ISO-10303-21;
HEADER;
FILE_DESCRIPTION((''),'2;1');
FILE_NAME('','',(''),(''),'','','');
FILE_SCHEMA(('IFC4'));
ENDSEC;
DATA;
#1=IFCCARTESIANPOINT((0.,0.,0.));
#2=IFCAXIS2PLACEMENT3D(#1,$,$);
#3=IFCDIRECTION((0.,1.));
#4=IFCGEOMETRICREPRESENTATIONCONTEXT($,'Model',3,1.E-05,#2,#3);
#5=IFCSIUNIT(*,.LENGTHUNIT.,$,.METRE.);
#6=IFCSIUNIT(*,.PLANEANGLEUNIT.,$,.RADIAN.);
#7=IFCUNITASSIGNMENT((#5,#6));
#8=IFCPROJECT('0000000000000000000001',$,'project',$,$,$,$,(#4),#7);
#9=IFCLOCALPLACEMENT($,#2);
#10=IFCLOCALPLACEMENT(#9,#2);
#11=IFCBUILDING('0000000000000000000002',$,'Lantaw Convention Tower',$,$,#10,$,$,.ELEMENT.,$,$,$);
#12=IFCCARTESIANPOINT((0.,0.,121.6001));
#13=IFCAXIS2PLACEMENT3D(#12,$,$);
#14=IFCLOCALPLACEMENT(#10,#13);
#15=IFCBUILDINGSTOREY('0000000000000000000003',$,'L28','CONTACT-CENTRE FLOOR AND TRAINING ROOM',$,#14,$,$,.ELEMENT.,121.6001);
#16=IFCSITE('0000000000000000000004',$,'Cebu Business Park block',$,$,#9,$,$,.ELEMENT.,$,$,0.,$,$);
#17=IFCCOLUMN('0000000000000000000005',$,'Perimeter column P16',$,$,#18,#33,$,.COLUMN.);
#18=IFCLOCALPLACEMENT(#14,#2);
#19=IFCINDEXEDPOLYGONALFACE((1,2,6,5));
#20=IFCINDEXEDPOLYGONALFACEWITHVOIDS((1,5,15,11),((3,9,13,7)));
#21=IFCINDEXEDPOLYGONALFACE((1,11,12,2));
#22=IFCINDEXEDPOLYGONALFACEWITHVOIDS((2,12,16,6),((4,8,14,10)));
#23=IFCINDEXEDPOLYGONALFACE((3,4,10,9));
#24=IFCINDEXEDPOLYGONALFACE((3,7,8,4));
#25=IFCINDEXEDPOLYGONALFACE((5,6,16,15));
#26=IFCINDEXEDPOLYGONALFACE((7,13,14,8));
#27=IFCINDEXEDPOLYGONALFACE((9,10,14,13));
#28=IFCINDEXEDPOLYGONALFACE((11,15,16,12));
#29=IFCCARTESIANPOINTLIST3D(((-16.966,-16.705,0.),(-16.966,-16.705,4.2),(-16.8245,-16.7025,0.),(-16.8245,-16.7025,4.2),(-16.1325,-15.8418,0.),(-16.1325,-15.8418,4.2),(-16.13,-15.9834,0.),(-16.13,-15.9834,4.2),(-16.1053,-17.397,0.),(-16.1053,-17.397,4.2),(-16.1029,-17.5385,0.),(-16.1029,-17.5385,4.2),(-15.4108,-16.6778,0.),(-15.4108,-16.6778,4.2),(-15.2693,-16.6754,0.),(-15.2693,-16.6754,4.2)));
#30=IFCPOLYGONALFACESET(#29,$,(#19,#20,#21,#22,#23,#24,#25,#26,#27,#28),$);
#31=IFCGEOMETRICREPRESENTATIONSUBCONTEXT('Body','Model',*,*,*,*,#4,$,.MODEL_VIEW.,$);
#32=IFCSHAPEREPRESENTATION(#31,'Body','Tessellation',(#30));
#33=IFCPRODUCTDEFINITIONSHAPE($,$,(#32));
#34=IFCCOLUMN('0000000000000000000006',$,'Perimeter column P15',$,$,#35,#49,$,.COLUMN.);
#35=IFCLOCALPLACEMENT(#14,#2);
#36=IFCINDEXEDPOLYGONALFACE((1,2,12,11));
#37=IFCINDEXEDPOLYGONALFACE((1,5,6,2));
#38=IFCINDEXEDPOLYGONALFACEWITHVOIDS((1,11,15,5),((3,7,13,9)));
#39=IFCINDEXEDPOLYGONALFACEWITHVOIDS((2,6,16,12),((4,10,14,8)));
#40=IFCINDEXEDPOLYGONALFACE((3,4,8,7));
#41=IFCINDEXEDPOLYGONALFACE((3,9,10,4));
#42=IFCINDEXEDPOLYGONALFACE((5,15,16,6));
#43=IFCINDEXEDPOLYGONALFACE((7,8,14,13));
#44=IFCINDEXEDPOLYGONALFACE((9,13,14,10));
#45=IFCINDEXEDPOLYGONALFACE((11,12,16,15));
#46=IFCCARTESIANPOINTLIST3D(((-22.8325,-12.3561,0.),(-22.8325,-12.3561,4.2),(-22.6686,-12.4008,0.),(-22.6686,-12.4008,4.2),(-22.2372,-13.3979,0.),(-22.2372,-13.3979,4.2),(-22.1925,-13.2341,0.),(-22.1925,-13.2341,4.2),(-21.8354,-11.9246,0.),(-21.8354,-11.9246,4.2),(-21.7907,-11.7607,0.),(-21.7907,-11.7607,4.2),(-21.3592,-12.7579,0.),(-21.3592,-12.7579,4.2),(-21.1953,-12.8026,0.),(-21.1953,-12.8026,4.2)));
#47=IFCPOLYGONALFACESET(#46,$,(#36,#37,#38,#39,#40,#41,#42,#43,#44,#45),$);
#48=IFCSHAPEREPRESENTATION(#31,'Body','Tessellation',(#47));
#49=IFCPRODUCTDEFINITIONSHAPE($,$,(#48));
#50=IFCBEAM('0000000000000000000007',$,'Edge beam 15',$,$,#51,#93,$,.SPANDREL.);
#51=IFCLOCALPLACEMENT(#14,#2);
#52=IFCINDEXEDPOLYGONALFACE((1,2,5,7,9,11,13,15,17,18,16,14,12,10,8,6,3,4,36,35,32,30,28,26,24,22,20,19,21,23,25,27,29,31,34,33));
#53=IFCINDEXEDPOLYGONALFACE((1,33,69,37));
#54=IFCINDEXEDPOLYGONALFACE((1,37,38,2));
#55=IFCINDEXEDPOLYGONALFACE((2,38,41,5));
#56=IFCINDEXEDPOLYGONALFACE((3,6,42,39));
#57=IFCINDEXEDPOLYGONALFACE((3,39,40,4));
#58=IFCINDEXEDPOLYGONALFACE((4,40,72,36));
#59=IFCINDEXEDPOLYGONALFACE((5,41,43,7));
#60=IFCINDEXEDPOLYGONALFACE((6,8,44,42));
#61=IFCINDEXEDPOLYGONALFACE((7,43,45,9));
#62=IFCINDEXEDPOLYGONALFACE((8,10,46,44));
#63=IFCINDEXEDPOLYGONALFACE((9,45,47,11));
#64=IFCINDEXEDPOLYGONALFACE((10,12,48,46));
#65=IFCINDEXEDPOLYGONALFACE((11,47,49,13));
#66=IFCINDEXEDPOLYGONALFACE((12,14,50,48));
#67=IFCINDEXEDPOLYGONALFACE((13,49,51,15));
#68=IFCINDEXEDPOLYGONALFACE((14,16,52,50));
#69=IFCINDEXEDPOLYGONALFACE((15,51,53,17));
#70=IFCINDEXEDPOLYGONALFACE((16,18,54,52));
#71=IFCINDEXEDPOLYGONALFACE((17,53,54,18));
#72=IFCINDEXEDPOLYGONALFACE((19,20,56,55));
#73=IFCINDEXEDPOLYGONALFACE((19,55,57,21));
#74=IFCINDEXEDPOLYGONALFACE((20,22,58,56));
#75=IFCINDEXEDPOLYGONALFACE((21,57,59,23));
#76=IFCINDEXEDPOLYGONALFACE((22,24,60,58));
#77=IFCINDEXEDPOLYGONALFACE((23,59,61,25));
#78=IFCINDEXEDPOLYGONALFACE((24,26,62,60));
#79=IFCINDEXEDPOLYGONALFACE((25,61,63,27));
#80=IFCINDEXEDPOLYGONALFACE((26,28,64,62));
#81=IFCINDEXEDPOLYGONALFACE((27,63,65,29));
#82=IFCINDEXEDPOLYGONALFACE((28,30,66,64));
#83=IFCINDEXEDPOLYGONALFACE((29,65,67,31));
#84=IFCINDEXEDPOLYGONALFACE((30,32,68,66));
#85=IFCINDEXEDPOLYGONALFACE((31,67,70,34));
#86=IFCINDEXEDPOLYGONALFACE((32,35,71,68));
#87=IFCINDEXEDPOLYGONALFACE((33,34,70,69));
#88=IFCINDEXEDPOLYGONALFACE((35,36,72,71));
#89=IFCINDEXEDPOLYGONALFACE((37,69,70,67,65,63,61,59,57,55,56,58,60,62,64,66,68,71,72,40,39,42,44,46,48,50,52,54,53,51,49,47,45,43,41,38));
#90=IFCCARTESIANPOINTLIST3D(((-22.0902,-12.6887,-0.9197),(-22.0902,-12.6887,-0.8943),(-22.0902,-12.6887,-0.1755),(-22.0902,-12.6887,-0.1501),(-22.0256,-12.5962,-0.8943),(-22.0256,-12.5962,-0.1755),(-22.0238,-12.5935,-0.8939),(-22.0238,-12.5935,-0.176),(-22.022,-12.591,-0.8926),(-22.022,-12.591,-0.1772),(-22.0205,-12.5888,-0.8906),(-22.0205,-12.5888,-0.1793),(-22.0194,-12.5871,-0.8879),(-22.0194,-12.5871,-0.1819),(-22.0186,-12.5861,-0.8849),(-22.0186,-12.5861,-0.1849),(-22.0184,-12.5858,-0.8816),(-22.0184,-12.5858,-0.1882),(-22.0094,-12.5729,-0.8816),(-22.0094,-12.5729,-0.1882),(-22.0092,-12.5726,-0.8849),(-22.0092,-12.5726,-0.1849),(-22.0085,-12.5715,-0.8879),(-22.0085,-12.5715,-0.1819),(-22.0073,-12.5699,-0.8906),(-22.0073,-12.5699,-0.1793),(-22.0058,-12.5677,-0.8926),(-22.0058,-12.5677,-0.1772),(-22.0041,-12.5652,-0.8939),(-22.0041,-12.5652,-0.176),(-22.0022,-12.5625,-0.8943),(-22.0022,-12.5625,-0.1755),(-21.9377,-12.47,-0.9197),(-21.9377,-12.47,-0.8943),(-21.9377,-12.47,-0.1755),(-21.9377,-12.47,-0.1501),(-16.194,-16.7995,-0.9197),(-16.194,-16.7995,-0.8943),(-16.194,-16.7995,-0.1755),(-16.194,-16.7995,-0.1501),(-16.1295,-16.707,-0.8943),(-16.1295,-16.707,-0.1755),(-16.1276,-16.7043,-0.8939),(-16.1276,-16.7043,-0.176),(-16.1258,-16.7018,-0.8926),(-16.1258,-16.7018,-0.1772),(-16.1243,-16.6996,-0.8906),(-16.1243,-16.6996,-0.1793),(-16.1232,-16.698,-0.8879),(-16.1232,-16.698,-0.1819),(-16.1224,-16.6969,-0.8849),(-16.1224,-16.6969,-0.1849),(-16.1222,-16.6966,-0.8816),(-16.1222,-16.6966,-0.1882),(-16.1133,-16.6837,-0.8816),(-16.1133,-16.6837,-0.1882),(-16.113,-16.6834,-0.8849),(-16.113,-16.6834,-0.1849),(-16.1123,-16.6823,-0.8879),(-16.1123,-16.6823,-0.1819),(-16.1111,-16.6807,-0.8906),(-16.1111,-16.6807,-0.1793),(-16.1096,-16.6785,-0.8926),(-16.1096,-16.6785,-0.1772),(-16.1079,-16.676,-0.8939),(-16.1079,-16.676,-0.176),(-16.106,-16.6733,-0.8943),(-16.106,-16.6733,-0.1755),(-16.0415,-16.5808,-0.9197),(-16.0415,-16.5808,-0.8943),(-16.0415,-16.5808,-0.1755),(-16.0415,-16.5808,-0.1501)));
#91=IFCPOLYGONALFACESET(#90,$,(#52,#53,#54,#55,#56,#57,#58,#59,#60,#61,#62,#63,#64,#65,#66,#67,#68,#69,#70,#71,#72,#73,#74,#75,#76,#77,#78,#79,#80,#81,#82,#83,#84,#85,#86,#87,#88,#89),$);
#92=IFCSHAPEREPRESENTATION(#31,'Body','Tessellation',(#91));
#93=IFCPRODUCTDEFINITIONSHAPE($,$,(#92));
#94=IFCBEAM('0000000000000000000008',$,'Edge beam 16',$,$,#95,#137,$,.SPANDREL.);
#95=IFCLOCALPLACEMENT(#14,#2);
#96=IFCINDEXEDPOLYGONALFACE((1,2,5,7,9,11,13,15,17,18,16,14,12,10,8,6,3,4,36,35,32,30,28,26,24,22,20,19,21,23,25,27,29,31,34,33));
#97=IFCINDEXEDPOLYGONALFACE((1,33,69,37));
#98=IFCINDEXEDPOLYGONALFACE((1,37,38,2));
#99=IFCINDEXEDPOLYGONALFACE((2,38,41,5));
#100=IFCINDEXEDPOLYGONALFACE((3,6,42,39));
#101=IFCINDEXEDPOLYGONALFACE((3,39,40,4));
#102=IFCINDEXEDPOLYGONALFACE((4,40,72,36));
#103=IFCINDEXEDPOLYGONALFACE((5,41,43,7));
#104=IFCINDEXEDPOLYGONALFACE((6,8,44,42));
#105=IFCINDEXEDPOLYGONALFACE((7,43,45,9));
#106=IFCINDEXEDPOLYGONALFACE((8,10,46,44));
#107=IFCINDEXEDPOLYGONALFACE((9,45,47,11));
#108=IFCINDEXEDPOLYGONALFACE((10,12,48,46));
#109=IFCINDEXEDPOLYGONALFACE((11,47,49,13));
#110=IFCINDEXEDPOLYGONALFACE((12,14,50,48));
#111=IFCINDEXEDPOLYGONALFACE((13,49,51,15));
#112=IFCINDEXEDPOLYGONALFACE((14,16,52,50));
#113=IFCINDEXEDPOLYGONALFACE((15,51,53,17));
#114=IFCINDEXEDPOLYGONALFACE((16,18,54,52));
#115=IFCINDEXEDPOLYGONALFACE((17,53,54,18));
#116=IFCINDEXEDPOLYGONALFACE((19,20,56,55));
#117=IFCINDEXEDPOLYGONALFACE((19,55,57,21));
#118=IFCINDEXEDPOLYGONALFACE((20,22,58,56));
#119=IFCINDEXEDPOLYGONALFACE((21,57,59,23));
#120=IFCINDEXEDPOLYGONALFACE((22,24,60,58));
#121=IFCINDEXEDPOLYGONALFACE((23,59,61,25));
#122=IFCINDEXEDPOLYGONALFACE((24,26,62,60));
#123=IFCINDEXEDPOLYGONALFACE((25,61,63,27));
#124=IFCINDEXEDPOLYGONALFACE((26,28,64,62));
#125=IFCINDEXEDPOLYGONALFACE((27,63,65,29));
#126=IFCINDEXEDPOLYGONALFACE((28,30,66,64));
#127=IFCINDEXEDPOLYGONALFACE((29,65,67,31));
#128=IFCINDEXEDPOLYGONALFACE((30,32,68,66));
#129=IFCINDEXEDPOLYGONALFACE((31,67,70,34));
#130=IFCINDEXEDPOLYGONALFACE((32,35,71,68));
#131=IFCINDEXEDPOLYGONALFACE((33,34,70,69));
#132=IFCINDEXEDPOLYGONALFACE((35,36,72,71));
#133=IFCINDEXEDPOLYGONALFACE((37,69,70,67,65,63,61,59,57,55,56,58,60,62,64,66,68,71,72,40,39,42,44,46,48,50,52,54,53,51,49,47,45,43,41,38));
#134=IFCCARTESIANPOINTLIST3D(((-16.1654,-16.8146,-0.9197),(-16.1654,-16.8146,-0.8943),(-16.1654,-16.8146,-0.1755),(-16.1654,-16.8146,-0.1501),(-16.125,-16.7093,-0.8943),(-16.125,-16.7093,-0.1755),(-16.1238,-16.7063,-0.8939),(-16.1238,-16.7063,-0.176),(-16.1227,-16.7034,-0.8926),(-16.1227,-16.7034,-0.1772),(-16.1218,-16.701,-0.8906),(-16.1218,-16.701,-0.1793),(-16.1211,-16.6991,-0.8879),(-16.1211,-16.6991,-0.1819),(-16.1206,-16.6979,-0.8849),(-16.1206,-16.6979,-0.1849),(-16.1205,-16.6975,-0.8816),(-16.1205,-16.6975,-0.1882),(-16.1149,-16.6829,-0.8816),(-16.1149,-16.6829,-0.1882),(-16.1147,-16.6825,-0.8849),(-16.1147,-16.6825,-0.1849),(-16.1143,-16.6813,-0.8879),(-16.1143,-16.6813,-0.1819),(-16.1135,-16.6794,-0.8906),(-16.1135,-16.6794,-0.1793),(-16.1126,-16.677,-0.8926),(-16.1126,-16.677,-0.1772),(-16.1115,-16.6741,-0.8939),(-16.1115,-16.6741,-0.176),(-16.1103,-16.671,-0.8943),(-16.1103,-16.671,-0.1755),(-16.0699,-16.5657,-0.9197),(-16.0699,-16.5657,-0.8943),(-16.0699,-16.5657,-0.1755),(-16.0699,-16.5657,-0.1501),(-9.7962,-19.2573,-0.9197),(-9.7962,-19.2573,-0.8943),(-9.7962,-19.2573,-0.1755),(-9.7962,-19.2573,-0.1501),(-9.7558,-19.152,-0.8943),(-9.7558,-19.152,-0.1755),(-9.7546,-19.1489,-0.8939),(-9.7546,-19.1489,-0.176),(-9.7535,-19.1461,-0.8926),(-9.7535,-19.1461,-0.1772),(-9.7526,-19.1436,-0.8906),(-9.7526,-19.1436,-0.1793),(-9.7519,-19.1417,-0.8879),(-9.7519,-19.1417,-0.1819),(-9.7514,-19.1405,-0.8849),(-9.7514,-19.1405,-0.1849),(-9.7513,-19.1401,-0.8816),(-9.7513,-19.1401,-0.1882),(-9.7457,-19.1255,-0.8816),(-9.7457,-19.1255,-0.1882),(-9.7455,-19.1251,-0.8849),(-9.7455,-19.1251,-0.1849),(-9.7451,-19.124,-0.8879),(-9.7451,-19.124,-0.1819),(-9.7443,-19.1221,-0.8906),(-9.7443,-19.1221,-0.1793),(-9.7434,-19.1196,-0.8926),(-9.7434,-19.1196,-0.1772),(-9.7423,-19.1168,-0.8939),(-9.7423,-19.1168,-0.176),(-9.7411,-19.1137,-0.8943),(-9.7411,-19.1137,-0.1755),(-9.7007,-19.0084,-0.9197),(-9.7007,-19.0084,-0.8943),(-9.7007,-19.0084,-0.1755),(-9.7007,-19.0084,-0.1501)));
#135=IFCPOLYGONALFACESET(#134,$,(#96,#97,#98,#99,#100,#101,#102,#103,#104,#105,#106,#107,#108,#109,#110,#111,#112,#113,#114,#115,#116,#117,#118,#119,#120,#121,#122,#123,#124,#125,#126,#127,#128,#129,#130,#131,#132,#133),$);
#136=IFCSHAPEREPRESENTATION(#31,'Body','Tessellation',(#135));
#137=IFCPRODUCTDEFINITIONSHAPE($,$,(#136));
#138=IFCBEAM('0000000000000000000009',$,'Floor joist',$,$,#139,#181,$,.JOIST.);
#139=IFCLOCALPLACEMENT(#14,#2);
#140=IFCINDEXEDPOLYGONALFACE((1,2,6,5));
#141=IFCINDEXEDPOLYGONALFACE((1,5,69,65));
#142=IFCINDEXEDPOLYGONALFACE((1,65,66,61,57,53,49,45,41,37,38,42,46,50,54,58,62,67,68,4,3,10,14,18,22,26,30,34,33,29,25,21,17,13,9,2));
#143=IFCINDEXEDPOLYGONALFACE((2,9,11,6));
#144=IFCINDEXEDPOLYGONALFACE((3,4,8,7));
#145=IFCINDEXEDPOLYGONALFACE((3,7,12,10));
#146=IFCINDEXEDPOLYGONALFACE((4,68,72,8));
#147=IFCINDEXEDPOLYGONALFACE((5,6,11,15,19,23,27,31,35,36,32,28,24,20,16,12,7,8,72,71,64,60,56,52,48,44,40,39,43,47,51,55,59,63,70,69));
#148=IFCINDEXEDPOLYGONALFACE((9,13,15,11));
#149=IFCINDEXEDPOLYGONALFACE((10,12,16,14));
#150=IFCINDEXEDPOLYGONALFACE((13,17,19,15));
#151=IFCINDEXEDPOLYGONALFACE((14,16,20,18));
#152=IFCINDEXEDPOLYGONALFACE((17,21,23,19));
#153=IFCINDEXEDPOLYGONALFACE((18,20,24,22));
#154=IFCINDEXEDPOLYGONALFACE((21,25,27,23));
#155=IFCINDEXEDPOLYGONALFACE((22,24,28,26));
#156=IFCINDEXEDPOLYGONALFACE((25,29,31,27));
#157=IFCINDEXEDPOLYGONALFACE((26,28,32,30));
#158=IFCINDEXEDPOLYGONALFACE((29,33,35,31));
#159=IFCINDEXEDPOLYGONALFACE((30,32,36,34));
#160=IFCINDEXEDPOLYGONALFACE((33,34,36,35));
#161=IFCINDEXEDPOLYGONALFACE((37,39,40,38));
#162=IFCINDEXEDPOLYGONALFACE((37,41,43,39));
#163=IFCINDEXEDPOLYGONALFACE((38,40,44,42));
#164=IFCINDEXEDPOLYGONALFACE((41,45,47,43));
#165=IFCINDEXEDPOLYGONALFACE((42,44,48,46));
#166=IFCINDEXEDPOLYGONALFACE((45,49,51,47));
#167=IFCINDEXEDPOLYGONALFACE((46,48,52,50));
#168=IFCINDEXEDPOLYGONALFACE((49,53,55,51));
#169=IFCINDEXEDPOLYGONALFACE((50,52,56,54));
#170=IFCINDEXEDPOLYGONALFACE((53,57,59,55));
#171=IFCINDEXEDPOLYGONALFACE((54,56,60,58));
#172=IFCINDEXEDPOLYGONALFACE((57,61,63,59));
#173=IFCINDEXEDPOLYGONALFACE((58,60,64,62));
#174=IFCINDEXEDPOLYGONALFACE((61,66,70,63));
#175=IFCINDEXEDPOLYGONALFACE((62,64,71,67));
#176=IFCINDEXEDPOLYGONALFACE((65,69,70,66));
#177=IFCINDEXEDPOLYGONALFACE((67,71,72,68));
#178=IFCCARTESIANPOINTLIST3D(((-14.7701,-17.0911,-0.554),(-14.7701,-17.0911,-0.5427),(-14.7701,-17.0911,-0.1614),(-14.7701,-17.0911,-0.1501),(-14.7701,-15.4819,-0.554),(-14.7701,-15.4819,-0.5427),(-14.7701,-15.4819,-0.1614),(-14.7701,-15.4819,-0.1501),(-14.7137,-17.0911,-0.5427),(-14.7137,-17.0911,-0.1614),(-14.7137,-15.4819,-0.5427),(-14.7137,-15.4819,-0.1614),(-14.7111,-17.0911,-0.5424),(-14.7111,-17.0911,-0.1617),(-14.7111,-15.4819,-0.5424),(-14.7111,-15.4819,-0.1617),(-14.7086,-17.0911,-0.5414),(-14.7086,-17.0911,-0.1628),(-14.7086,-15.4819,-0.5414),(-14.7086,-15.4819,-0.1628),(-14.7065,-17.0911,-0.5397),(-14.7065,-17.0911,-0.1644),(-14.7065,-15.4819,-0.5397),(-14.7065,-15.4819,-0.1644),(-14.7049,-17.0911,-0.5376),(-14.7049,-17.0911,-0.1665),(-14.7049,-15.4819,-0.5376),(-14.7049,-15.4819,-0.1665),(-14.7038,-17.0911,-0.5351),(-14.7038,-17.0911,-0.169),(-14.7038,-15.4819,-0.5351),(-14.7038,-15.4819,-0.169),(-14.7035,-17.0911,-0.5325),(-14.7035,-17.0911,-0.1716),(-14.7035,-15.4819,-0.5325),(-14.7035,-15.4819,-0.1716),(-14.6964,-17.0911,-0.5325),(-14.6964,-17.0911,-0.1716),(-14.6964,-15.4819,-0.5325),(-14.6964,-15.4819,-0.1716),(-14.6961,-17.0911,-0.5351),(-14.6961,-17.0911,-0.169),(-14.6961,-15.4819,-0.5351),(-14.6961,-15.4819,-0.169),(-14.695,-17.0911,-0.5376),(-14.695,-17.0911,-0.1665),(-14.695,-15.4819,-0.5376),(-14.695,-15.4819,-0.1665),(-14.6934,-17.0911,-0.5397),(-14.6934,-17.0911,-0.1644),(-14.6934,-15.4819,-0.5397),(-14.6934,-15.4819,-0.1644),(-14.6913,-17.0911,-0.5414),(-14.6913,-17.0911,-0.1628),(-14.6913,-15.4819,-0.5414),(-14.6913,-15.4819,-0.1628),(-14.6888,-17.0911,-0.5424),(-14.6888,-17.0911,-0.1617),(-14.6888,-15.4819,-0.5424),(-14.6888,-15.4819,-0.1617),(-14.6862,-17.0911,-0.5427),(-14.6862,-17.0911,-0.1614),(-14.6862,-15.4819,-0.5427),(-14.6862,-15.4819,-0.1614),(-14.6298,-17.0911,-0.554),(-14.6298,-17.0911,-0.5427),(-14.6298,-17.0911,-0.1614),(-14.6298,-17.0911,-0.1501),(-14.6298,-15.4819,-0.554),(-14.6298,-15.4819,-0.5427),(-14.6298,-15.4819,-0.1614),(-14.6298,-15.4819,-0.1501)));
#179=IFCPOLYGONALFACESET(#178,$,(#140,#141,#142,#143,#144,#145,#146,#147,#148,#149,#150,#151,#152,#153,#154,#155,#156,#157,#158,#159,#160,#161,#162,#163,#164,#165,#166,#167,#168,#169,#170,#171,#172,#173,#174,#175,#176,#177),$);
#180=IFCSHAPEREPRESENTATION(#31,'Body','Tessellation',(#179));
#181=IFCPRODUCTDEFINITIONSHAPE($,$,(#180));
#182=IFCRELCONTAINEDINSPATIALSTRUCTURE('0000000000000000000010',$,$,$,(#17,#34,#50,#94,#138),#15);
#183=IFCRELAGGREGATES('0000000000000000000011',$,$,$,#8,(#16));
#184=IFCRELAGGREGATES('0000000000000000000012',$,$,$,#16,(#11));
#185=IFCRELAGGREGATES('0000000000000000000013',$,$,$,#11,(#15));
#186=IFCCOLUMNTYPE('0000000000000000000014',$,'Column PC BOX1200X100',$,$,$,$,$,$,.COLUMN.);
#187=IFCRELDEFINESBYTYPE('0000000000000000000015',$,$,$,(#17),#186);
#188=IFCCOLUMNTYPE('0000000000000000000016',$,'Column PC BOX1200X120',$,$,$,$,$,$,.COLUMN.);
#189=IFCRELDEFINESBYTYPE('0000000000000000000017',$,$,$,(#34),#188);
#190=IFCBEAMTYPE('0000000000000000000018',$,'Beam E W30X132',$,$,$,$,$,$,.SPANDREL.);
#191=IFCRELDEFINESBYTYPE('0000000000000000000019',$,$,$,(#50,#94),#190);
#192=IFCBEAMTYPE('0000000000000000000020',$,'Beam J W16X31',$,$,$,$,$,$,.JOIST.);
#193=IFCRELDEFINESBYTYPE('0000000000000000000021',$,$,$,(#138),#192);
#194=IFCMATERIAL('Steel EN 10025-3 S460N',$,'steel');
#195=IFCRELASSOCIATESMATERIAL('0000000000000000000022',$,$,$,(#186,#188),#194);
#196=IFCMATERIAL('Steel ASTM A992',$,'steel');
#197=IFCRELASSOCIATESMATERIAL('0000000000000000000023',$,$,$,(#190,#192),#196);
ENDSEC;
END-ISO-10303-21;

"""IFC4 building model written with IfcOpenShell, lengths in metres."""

from ifc_helpers import new_model, si_unit, direction, frame, origin, origin_2d, place, context, subcontext, project, spatial, rectangle, hollow_rectangle, i_section, extrude, material, material_profile, profile_set, type_object, element, save


model = new_model("IFC4")

# Units and contexts
model_context = context("Model", 3, precision=1e-05, world=origin(), true_north=direction((0.0, 1.0)))
body_context = subcontext(model_context, "Body", "Model", "MODEL_VIEW")
ifc_project = project(units=[si_unit("LENGTHUNIT", "METRE"), si_unit("PLANEANGLEUNIT", "RADIAN")], contexts=[model_context])

# Site, building, storey
site_placement = place(None, origin())
site = spatial("IfcSite", under=ifc_project, at=site_placement, Name="Cebu Business Park block", CompositionType="ELEMENT", RefElevation=0.0)
building_placement = place(site_placement, origin())
building = spatial("IfcBuilding", under=site, at=building_placement, Name="Lantaw Convention Tower", CompositionType="ELEMENT")
storey_placement = place(building_placement, frame((0.0, 0.0, 121.6001)))
storey = spatial("IfcBuildingStorey", under=building, at=storey_placement, Name="L28", Description="CONTACT-CENTRE FLOOR AND TRAINING ROOM", CompositionType="ELEMENT", Elevation=121.6001)

# Columns
ifc_material_1 = material(Name="Steel EN 10025-3 S460N", Category="steel")
ifc_material_profile_1 = material_profile(ifc_material_1, hollow_rectangle(XDim=1.2, YDim=1.2, WallThickness=0.1001, at=origin_2d()), Name="BOX1200X100")
ifc_material_2 = material(Name="Concrete C60/75", Category="concrete")
ifc_material_profile_2 = material_profile(ifc_material_2, rectangle(XDim=1.0, YDim=1.0, at=origin_2d()), Name="Concrete fill of BOX1200X100")
ifc_profile_set_1 = profile_set([ifc_material_profile_1, ifc_material_profile_2], Name="Steel EN 10025-3 S460N")
column_type_1 = type_object("IfcColumnType", Name="Column PC BOX1200X100", PredefinedType="COLUMN", material=ifc_profile_set_1)
column_1_placement = place(storey_placement, frame((-16.1177, -16.6902, 0.0), z_axis=(0.0, 0.0, 1.0), x_axis=(0.694658, 0.71934, 0.0)))
element("IfcColumn", 1, at=column_1_placement, inside=storey, type_object=column_type_1, Name="Perimeter column P16", PredefinedType="COLUMN", context=body_context, shape_type="SweptSolid", body=[
    extrude(hollow_rectangle(XDim=1.2, YDim=1.2, WallThickness=0.1001, at=origin_2d()), origin(), (0.0, 0.0, 1.0), 4.2),
])
ifc_material_profile_3 = material_profile(ifc_material_1, hollow_rectangle(XDim=1.2, YDim=1.2, WallThickness=0.1201, at=origin_2d()), Name="BOX1200X120")
ifc_material_profile_4 = material_profile(ifc_material_2, rectangle(XDim=0.96, YDim=0.96, at=origin_2d()), Name="Concrete fill of BOX1200X120")
ifc_profile_set_2 = profile_set([ifc_material_profile_3, ifc_material_profile_4], Name="Steel EN 10025-3 S460N")
column_type_2 = type_object("IfcColumnType", Name="Column PC BOX1200X120", PredefinedType="COLUMN", material=ifc_profile_set_2)
column_2_placement = place(storey_placement, frame((-22.0139, -12.5793, 0.0), z_axis=(0.0, 0.0, 1.0), x_axis=(0.868243, 0.496139, 0.0)))
element("IfcColumn", 2, at=column_2_placement, inside=storey, type_object=column_type_2, Name="Perimeter column P15", PredefinedType="COLUMN", context=body_context, shape_type="SweptSolid", body=[
    extrude(hollow_rectangle(XDim=1.2, YDim=1.2, WallThickness=0.1201, at=origin_2d()), origin(), (0.0, 0.0, 1.0), 4.2),
])

# Beams
ifc_material_3 = material(Name="Steel ASTM A992", Category="steel")
ifc_material_profile_5 = material_profile(ifc_material_3, i_section(OverallWidth=0.2666, OverallDepth=0.7695, WebThickness=0.0156, FlangeThickness=0.0254, FilletRadius=0.0127, at=origin_2d()), Name="W30X132")
ifc_profile_set_3 = profile_set([ifc_material_profile_5], Name="Steel ASTM A992")
beam_type_1 = type_object("IfcBeamType", Name="Beam E W30X132", PredefinedType="SPANDREL", material=ifc_profile_set_3)
beam_1_placement = place(storey_placement, frame((-22.0139, -12.5793, -0.5349), z_axis=(0.820311, -0.571918, 0.0), x_axis=(0.571918, 0.820311, 0.0)))
element("IfcBeam", 3, at=beam_1_placement, inside=storey, type_object=beam_type_1, Name="Edge beam 15", PredefinedType="SPANDREL", context=body_context, shape_type="SweptSolid", body=[
    extrude(i_section(OverallWidth=0.2666, OverallDepth=0.7695, WebThickness=0.0156, FlangeThickness=0.0254, FilletRadius=0.0127, at=origin_2d()), origin(), (0.0, 0.0, 1.0), 7.1877),
])
beam_2_placement = place(storey_placement, frame((-16.1177, -16.6902, -0.5349), z_axis=(0.933691, -0.35808, 0.0), x_axis=(0.35808, 0.933691, 0.0)))
element("IfcBeam", 4, at=beam_2_placement, inside=storey, type_object=beam_type_1, Name="Edge beam 16", PredefinedType="SPANDREL", context=body_context, shape_type="SweptSolid", body=[
    extrude(i_section(OverallWidth=0.2666, OverallDepth=0.7695, WebThickness=0.0156, FlangeThickness=0.0254, FilletRadius=0.0127, at=origin_2d()), origin(), (0.0, 0.0, 1.0), 6.8215),
])
ifc_material_profile_6 = material_profile(ifc_material_3, i_section(OverallWidth=0.1404, OverallDepth=0.4038, WebThickness=0.0071, FlangeThickness=0.0112, FilletRadius=0.0103, at=origin_2d()), Name="W16X31")
ifc_profile_set_4 = profile_set([ifc_material_profile_6], Name="Steel ASTM A992")
beam_type_2 = type_object("IfcBeamType", Name="Beam J W16X31", PredefinedType="JOIST", material=ifc_profile_set_4)
beam_3_placement = place(storey_placement, frame((-14.7, -17.0911, -0.3521), z_axis=(0.0, 1.0, 0.0), x_axis=(-1.0, 0.0, 0.0)))
element("IfcBeam", 5, at=beam_3_placement, inside=storey, type_object=beam_type_2, Name="Floor joist", PredefinedType="JOIST", context=body_context, shape_type="SweptSolid", body=[
    extrude(i_section(OverallWidth=0.1404, OverallDepth=0.4038, WebThickness=0.0071, FlangeThickness=0.0112, FilletRadius=0.0103, at=origin_2d()), origin(), (0.0, 0.0, 1.0), 1.6091),
])

save(model, "model.ifc")
